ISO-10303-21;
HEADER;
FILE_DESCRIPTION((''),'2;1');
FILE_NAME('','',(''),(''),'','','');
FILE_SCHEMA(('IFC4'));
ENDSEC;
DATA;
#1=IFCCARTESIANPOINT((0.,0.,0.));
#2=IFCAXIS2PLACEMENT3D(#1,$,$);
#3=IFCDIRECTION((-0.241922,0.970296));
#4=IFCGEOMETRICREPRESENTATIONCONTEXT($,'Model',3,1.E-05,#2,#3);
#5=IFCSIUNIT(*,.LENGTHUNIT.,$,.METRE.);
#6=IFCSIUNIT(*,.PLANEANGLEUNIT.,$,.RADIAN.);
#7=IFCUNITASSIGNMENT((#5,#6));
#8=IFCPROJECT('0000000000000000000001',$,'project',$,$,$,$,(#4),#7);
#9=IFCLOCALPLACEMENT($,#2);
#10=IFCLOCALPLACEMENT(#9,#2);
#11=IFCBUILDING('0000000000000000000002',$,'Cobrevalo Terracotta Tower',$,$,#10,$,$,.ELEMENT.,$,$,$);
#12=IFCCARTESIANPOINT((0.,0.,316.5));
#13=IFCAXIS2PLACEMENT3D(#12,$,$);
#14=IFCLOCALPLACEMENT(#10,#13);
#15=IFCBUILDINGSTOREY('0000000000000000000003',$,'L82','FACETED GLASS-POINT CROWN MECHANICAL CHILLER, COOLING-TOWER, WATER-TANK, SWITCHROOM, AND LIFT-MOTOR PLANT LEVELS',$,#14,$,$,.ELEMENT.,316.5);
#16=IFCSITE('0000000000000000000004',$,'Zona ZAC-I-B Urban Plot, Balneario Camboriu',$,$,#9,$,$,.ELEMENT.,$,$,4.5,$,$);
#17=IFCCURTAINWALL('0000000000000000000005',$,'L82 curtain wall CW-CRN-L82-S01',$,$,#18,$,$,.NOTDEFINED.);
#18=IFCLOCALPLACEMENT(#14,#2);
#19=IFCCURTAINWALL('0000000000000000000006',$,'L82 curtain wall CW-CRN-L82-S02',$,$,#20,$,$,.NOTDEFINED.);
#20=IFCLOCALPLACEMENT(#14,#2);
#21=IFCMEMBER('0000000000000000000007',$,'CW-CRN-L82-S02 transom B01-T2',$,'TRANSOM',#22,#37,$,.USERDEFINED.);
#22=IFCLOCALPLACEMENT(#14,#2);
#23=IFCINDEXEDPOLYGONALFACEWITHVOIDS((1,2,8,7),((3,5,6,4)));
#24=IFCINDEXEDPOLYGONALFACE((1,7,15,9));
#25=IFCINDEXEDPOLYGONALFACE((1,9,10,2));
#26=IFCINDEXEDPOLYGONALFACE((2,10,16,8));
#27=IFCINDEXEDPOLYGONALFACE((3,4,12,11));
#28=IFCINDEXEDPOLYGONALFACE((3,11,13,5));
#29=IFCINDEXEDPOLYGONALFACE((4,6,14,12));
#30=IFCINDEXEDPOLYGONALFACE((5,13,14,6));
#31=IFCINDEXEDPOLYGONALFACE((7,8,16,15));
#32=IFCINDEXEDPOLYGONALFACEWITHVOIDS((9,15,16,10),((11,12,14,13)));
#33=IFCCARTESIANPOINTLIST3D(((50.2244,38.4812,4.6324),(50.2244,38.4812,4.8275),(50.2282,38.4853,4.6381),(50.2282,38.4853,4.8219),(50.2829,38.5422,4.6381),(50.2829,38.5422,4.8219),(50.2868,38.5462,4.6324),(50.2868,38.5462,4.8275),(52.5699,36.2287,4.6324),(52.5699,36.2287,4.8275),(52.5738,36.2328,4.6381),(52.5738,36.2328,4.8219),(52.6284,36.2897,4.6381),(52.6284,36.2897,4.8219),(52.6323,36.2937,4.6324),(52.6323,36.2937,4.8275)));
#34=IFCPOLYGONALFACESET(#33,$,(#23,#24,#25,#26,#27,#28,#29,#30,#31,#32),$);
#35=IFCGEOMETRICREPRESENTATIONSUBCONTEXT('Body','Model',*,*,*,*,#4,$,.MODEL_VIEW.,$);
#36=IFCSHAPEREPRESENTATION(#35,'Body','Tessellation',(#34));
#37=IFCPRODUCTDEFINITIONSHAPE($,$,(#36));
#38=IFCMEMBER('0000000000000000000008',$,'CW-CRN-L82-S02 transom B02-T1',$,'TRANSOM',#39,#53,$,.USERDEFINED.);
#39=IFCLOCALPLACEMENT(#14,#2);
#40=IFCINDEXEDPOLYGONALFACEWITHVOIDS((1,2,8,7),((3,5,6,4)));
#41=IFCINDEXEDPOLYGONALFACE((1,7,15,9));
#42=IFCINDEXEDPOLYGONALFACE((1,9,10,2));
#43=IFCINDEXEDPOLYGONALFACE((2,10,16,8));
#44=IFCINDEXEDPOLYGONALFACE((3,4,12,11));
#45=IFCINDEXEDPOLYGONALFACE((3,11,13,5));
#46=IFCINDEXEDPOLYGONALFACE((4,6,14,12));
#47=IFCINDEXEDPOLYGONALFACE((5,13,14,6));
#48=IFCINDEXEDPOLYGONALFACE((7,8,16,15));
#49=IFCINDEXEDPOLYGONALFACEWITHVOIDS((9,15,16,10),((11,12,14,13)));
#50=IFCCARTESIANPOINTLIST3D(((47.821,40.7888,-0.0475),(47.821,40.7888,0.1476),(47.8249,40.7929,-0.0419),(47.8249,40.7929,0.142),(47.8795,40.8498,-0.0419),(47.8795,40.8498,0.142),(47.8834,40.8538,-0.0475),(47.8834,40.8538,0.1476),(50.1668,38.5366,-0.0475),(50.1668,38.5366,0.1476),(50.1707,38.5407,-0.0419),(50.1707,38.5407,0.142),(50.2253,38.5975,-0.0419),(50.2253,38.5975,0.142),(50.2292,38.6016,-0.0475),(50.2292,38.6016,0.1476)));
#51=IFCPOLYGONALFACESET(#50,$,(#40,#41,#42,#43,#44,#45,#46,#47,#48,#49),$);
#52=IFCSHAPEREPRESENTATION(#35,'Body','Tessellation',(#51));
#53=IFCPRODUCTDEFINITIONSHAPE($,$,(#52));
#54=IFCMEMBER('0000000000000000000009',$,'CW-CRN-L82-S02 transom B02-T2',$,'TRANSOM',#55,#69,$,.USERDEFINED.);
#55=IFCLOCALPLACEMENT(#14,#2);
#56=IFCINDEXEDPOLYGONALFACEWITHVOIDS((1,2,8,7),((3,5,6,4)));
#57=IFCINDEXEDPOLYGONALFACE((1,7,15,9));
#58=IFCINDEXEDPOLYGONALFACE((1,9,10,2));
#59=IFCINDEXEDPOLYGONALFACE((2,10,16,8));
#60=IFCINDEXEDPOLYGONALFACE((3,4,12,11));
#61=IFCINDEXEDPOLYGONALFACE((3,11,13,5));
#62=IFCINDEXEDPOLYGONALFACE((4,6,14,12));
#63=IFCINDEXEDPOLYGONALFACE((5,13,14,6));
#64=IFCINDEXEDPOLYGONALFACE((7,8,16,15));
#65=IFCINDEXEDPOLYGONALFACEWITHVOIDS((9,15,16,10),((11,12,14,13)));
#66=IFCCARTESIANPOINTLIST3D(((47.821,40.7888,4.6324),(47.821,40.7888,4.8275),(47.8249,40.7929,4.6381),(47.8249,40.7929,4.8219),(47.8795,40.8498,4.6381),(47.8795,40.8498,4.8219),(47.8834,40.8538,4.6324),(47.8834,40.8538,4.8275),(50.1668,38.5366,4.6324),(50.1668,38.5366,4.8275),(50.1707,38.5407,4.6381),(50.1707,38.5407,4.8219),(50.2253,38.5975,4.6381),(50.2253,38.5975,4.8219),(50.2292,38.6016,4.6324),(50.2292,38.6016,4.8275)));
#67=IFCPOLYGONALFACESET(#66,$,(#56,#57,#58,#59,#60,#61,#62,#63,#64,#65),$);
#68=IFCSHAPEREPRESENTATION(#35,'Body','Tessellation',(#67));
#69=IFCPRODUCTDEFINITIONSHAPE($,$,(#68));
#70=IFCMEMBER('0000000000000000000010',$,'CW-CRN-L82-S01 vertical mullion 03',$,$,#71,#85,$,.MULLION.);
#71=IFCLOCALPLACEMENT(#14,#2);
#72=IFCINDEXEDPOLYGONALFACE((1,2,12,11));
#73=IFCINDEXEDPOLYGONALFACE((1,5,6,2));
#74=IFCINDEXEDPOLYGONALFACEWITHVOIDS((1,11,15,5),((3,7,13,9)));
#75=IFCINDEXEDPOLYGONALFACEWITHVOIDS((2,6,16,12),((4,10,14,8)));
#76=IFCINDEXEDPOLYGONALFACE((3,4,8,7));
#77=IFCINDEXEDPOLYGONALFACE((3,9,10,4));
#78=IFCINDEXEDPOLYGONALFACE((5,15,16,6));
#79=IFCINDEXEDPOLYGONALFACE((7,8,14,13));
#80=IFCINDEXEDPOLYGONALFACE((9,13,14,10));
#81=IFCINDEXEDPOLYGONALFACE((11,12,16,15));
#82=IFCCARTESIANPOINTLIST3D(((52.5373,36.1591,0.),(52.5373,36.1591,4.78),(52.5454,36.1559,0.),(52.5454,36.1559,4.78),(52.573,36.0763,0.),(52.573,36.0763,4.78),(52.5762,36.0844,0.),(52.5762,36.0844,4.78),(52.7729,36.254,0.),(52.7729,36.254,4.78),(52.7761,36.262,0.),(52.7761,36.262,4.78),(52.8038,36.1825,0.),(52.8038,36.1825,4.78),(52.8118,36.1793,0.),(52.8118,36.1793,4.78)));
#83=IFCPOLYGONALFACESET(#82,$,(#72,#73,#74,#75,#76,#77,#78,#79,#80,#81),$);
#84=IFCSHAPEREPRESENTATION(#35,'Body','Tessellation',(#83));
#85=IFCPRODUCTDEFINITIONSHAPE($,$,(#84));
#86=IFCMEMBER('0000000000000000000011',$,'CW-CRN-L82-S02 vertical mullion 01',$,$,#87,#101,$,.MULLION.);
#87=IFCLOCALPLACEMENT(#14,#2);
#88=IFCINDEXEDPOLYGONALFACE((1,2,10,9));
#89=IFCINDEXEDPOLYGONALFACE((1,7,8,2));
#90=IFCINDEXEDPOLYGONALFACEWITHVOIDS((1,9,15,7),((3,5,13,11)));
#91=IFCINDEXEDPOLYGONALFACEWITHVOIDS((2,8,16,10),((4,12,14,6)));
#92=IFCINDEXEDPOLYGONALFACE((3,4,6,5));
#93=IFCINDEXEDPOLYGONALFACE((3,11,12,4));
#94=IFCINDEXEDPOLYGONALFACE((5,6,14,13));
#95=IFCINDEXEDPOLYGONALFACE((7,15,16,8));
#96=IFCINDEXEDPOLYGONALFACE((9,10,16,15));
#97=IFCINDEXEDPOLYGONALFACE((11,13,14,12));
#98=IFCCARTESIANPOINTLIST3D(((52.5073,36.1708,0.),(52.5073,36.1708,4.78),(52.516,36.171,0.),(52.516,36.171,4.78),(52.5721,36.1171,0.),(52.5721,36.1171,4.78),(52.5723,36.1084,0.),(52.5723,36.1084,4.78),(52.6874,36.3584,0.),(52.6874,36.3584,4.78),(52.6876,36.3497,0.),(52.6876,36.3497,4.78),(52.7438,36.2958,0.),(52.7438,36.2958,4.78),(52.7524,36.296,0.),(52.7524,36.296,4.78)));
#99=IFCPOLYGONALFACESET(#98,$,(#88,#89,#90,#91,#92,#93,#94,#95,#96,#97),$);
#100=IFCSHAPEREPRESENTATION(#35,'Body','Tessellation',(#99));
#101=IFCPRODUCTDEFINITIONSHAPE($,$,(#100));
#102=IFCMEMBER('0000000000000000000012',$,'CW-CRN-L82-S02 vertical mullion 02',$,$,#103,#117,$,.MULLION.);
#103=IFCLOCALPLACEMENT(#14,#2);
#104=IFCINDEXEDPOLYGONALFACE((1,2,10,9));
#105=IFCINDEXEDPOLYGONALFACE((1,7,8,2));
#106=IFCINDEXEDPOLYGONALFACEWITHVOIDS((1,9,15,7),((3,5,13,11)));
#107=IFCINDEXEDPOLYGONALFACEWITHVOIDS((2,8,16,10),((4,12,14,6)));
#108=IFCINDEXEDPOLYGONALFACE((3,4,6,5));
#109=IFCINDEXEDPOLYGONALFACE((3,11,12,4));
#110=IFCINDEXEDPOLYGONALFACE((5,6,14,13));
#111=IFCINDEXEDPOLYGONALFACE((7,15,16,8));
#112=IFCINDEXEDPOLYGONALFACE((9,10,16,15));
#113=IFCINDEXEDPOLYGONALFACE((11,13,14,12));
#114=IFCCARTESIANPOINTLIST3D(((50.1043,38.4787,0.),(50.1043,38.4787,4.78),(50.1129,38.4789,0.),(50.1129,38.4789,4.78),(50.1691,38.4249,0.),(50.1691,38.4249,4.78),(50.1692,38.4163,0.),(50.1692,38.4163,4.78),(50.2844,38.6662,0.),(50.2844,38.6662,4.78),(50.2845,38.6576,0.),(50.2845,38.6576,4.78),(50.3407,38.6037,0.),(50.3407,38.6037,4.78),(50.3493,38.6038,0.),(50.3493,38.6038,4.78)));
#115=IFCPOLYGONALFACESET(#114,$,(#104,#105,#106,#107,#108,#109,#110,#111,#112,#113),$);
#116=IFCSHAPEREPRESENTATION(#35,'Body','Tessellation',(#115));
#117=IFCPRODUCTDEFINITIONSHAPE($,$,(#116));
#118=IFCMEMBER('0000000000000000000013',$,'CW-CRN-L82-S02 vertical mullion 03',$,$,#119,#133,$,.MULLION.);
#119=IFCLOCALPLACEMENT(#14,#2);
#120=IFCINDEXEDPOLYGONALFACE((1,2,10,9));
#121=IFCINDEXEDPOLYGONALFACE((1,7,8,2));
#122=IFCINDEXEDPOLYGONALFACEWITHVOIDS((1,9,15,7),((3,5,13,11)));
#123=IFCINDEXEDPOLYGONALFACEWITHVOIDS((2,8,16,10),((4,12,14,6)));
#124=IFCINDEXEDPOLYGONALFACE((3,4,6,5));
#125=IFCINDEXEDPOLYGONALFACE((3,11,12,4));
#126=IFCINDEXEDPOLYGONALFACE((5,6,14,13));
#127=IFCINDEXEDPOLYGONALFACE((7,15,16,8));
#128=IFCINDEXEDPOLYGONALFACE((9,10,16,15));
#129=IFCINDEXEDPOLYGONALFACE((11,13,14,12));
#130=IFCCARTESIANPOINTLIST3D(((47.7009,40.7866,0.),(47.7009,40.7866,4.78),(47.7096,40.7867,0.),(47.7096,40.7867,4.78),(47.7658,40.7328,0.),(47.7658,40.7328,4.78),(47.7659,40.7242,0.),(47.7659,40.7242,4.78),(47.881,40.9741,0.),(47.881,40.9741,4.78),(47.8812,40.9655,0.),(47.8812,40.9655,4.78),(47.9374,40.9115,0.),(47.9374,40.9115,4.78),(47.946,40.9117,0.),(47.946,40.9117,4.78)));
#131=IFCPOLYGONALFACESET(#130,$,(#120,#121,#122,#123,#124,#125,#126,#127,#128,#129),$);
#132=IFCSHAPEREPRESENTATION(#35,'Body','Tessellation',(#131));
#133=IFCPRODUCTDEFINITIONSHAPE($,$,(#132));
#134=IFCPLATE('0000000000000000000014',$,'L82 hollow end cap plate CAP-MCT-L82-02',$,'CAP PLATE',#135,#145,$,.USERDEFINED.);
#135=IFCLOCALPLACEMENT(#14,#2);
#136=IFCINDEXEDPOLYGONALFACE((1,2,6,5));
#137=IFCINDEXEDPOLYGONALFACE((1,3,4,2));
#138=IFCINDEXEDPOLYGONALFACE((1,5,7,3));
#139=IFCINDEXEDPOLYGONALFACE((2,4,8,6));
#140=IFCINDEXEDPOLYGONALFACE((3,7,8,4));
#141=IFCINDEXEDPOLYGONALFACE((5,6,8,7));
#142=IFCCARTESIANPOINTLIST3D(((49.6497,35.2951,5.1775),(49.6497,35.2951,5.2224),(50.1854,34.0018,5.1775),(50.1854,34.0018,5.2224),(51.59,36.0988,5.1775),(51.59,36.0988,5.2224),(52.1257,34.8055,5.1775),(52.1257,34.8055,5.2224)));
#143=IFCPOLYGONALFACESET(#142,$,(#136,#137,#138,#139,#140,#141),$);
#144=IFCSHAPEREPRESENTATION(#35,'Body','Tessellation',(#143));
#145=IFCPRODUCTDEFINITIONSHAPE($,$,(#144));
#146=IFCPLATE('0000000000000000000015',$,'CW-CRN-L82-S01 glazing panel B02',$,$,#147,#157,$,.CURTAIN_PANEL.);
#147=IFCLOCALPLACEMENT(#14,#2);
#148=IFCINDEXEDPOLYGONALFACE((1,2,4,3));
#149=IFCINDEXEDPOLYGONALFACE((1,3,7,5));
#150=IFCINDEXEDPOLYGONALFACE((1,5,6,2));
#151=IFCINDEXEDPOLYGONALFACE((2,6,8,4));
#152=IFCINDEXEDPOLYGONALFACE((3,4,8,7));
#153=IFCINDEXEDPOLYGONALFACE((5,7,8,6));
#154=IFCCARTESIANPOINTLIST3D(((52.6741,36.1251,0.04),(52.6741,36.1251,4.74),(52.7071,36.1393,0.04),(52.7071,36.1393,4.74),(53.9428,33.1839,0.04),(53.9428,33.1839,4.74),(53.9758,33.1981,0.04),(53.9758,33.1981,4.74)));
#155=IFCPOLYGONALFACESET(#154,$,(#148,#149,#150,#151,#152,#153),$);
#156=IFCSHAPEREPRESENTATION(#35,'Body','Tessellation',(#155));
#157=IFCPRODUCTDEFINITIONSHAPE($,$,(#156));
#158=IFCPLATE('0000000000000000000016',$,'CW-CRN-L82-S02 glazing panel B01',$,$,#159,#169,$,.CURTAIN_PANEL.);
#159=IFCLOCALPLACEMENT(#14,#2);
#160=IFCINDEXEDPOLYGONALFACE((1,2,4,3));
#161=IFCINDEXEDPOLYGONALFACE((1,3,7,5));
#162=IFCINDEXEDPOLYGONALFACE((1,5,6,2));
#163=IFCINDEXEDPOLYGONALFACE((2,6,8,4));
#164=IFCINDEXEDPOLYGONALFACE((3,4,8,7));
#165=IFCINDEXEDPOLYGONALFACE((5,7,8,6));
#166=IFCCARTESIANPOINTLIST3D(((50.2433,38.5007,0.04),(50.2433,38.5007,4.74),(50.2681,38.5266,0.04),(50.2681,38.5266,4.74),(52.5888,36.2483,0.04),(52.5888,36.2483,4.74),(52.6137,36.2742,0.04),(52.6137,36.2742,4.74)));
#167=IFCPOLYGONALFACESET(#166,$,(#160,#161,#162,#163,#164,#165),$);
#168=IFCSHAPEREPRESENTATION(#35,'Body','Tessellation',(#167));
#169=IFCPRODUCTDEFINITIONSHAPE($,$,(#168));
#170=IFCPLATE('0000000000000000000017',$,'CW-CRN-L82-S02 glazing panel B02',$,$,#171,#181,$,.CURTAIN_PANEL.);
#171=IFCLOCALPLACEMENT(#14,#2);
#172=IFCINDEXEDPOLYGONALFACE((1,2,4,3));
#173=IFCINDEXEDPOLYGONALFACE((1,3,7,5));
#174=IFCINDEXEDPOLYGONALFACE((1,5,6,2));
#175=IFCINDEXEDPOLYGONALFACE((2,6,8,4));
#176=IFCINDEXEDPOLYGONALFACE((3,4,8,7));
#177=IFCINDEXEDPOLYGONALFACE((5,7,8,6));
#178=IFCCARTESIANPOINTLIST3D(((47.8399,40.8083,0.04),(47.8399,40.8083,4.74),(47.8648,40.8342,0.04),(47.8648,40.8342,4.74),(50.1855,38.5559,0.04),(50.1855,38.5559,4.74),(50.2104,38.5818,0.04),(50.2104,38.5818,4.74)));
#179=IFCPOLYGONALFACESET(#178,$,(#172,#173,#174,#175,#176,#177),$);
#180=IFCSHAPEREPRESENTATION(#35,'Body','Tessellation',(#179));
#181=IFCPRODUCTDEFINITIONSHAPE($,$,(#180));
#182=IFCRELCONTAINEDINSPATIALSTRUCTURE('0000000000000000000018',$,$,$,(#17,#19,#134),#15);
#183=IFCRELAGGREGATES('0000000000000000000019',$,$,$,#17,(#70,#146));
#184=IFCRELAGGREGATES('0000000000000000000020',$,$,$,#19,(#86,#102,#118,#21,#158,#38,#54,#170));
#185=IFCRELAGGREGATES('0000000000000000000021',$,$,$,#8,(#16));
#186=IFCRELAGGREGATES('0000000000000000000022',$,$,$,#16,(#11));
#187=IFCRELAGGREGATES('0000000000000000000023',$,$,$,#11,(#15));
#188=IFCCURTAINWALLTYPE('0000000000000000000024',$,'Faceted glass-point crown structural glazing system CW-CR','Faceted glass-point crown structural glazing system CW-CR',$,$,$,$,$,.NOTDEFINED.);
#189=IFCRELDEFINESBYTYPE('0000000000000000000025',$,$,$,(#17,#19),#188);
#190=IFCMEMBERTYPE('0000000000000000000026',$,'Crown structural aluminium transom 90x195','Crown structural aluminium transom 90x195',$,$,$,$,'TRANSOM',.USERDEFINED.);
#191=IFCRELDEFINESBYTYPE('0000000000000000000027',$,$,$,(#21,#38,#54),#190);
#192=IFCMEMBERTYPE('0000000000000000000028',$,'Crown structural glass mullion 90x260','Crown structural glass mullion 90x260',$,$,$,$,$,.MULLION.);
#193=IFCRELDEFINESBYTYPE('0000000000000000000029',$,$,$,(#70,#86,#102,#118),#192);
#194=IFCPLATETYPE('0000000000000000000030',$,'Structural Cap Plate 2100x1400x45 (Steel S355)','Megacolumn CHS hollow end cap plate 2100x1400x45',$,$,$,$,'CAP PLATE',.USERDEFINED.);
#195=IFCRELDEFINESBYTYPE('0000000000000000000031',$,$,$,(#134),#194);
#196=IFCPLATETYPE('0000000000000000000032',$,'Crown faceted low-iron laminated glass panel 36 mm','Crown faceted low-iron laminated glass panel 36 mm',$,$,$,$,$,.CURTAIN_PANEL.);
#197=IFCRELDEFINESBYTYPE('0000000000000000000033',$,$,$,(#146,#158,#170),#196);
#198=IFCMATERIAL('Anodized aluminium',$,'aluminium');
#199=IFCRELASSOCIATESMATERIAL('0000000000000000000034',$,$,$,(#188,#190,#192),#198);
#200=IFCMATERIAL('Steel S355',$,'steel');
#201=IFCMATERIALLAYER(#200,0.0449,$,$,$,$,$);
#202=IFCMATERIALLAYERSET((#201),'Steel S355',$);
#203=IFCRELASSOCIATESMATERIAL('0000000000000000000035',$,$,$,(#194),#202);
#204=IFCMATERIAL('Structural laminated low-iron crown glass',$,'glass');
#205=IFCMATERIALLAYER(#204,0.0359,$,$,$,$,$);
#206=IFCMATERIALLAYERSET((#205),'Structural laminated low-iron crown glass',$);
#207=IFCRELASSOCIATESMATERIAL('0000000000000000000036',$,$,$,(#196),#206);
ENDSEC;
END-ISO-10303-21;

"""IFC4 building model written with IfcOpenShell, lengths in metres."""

from ifc_helpers import new_model, si_unit, direction, frame, origin, origin_2d, place, context, subcontext, project, spatial, rectangle, hollow_rectangle, extrude, source, transform, mapped, material, layer, layer_set, material_profile, profile_set, type_object, element, aggregate, save


model = new_model("IFC4")

# Units and contexts
model_context = context("Model", 3, precision=1e-05, world=origin(), true_north=direction((-0.241922, 0.970296)))
body_context = subcontext(model_context, "Body", "Model", "MODEL_VIEW")
ifc_project = project(units=[si_unit("LENGTHUNIT", "METRE"), si_unit("PLANEANGLEUNIT", "RADIAN")], contexts=[model_context])

# Site, building, storey
site_placement = place(None, origin())
site = spatial("IfcSite", under=ifc_project, at=site_placement, Name="Zona ZAC-I-B Urban Plot, Balneario Camboriu", CompositionType="ELEMENT", RefElevation=4.5)
building_placement = place(site_placement, origin())
building = spatial("IfcBuilding", under=site, at=building_placement, Name="Cobrevalo Terracotta Tower", CompositionType="ELEMENT")
storey_placement = place(building_placement, frame((0.0, 0.0, 316.5)))
storey = spatial("IfcBuildingStorey", under=building, at=storey_placement, Name="L82", Description="FACETED GLASS-POINT CROWN MECHANICAL CHILLER, COOLING-TOWER, WATER-TANK, SWITCHROOM, AND LIFT-MOTOR PLANT LEVELS", CompositionType="ELEMENT", Elevation=316.5)

# Shared definitions
ifc_material_1 = material(Name="Steel S355", Category="steel")

# Curtain wall
ifc_material_2 = material(Name="Anodized aluminium", Category="aluminium")
curtain_wall_type = type_object("IfcCurtainWallType", Name="Faceted glass-point crown structural glazing system CW-CR", Description="Faceted glass-point crown structural glazing system CW-CR", PredefinedType="NOTDEFINED", material=ifc_material_2)
curtain_wall_1_placement = place(storey_placement, origin())
curtain_wall_1 = element("IfcCurtainWall", 1, at=curtain_wall_1_placement, inside=storey, type_object=curtain_wall_type, Name="L82 curtain wall CW-CRN-L82-S01", PredefinedType="NOTDEFINED")
ifc_material_profile_1 = material_profile(ifc_material_2, hollow_rectangle(XDim=0.0901, YDim=0.1951, WallThickness=0.0056, at=origin_2d()), Name="CWT 90x195")
ifc_profile_set_1 = profile_set([ifc_material_profile_1], Name="Anodized aluminium")
member_type_1 = type_object("IfcMemberType", Name="Crown structural aluminium transom 90x195", Description="Crown structural aluminium transom 90x195", ElementType="TRANSOM", PredefinedType="USERDEFINED", material=ifc_profile_set_1)

# Curtain wall, members
curtain_wall_2_placement = place(storey_placement, origin())
curtain_wall_2 = element("IfcCurtainWall", 2, at=curtain_wall_2_placement, inside=storey, type_object=curtain_wall_type, Name="L82 curtain wall CW-CRN-L82-S02", PredefinedType="NOTDEFINED")
shared_shape_1 = source(origin(), body_context, "Body", "SweptSolid", [
    extrude(hollow_rectangle(XDim=0.0901, YDim=0.1951, WallThickness=0.0056, at=origin_2d()), origin(), (0.0, 0.0, 1.0), 3.252),
])
member_1_placement = place(storey_placement, frame((52.6011, 36.2612, 4.73), z_axis=(-0.721264, 0.69266, 0.0), x_axis=(-0.69266, -0.721264, 0.0)))
member_1 = element("IfcMember", 3, at=member_1_placement, type_object=member_type_1, Name="CW-CRN-L82-S02 transom B01-T2", ObjectType="TRANSOM", PredefinedType="USERDEFINED", context=body_context, shape_type="MappedRepresentation", body=[
    mapped(shared_shape_1, transform((0.0, 0.0, 0.0), scale=1.0)),
])
member_2_placement = place(storey_placement, frame((50.198, 38.5691, 0.05), z_axis=(-0.721338, 0.692583, 0.0), x_axis=(-0.692583, -0.721338, 0.0)))
member_2 = element("IfcMember", 4, at=member_2_placement, type_object=member_type_1, Name="CW-CRN-L82-S02 transom B02-T1", ObjectType="TRANSOM", PredefinedType="USERDEFINED", context=body_context, shape_type="MappedRepresentation", body=[
    mapped(shared_shape_1, transform((0.0, 0.0, 0.0), scale=1.0)),
])
member_3_placement = place(storey_placement, frame((50.198, 38.5691, 4.73), z_axis=(-0.721338, 0.692583, 0.0), x_axis=(-0.692583, -0.721338, 0.0)))
member_3 = element("IfcMember", 5, at=member_3_placement, type_object=member_type_1, Name="CW-CRN-L82-S02 transom B02-T2", ObjectType="TRANSOM", PredefinedType="USERDEFINED", context=body_context, shape_type="MappedRepresentation", body=[
    mapped(shared_shape_1, transform((0.0, 0.0, 0.0), scale=1.0)),
])

# Members
ifc_material_profile_2 = material_profile(ifc_material_2, hollow_rectangle(XDim=0.0901, YDim=0.26, WallThickness=0.0061, at=origin_2d()), Name="CWM 90x260")
ifc_profile_set_2 = profile_set([ifc_material_profile_2], Name="Anodized aluminium")
member_type_2 = type_object("IfcMemberType", Name="Crown structural glass mullion 90x260", Description="Crown structural glass mullion 90x260", PredefinedType="MULLION", material=ifc_profile_set_2)
shared_shape_2 = source(origin(), body_context, "Body", "SweptSolid", [
    extrude(hollow_rectangle(XDim=0.0901, YDim=0.26, WallThickness=0.0061, at=origin_2d()), origin(), (0.0, 0.0, 1.0), 4.78),
])
member_4_placement = place(storey_placement, frame((52.6746, 36.1692, 0.0), z_axis=(0.0, 0.0, 1.0), x_axis=(-0.396058, 0.918225, 0.0)))
member_4 = element("IfcMember", 6, at=member_4_placement, type_object=member_type_2, Name="CW-CRN-L82-S01 vertical mullion 03", PredefinedType="MULLION", context=body_context, shape_type="MappedRepresentation", body=[
    mapped(shared_shape_2, transform((0.0, 0.0, 0.0), scale=1.0)),
])
member_5_placement = place(storey_placement, frame((52.6299, 36.2334, 0.0), z_axis=(0.0, 0.0, 1.0), x_axis=(-0.721277, 0.692647, 0.0)))
member_5 = element("IfcMember", 7, at=member_5_placement, type_object=member_type_2, Name="CW-CRN-L82-S02 vertical mullion 01", PredefinedType="MULLION", context=body_context, shape_type="MappedRepresentation", body=[
    mapped(shared_shape_2, transform((0.0, 0.0, 0.0), scale=1.0)),
])
member_6_placement = place(storey_placement, frame((50.2268, 38.5413, 0.0), z_axis=(0.0, 0.0, 1.0), x_axis=(-0.721277, 0.692647, 0.0)))
member_6 = element("IfcMember", 8, at=member_6_placement, type_object=member_type_2, Name="CW-CRN-L82-S02 vertical mullion 02", PredefinedType="MULLION", context=body_context, shape_type="MappedRepresentation", body=[
    mapped(shared_shape_2, transform((0.0, 0.0, 0.0), scale=1.0)),
])
member_7_placement = place(storey_placement, frame((47.8235, 40.8491, 0.0), z_axis=(0.0, 0.0, 1.0), x_axis=(-0.721277, 0.692647, 0.0)))
member_7 = element("IfcMember", 9, at=member_7_placement, type_object=member_type_2, Name="CW-CRN-L82-S02 vertical mullion 03", PredefinedType="MULLION", context=body_context, shape_type="MappedRepresentation", body=[
    mapped(shared_shape_2, transform((0.0, 0.0, 0.0), scale=1.0)),
])

# Plates
ifc_layer_1 = layer(ifc_material_1, 0.0449)
ifc_layer_set_1 = layer_set([ifc_layer_1], Name="Steel S355")
plate_type_1 = type_object("IfcPlateType", Name="Structural Cap Plate 2100x1400x45 (Steel S355)", Description="Megacolumn CHS hollow end cap plate 2100x1400x45", ElementType="CAP PLATE", PredefinedType="USERDEFINED", material=ifc_layer_set_1)
shared_shape_3 = source(origin(), body_context, "Body", "SweptSolid", [
    extrude(rectangle(XDim=2.1001, YDim=1.3999, at=origin_2d()), origin(), (0.0, 0.0, 1.0), 0.0449),
])
plate_1_placement = place(storey_placement, frame((50.8877, 35.0503, 5.1775), z_axis=(0.0, 0.0, 1.0), x_axis=(0.92388, 0.382683, 0.0)))
element("IfcPlate", 10, at=plate_1_placement, inside=storey, type_object=plate_type_1, Name="L82 hollow end cap plate CAP-MCT-L82-02", ObjectType="CAP PLATE", PredefinedType="USERDEFINED", context=body_context, shape_type="MappedRepresentation", body=[
    mapped(shared_shape_3, transform((0.0, 0.0, 0.0), scale=1.0)),
])
ifc_material_3 = material(Name="Structural laminated low-iron crown glass", Category="glass")
ifc_layer_2 = layer(ifc_material_3, 0.0359)
ifc_layer_set_2 = layer_set([ifc_layer_2], Name="Structural laminated low-iron crown glass")
plate_type_2 = type_object("IfcPlateType", Name="Crown faceted low-iron laminated glass panel 36 mm", Description="Crown faceted low-iron laminated glass panel 36 mm", PredefinedType="CURTAIN_PANEL", material=ifc_layer_set_2)
shared_shape_4 = source(origin(), body_context, "Body", "SweptSolid", [
    extrude(rectangle(XDim=3.2031, YDim=0.0359, at=origin_2d()), origin(), (0.0, 0.0, 1.0), 4.7),
])
plate_2_placement = place(storey_placement, frame((53.325, 34.6616, 0.04), z_axis=(0.0, 0.0, 1.0), x_axis=(-0.396066, 0.918222, 0.0)))
plate_2 = element("IfcPlate", 11, at=plate_2_placement, type_object=plate_type_2, Name="CW-CRN-L82-S01 glazing panel B02", PredefinedType="CURTAIN_PANEL", context=body_context, shape_type="MappedRepresentation", body=[
    mapped(shared_shape_4, transform((0.0, 0.0, 0.0), scale=1.0)),
])
aggregate(curtain_wall_1, [member_4, plate_2])
shared_shape_5 = source(origin(), body_context, "Body", "SweptSolid", [
    extrude(rectangle(XDim=3.252, YDim=0.0359, at=origin_2d()), origin(), (0.0, 0.0, 1.0), 4.7),
])
plate_3_placement = place(storey_placement, frame((51.4285, 37.3875, 0.04), z_axis=(0.0, 0.0, 1.0), x_axis=(-0.72128, 0.692643, 0.0)))
plate_3 = element("IfcPlate", 12, at=plate_3_placement, type_object=plate_type_2, Name="CW-CRN-L82-S02 glazing panel B01", PredefinedType="CURTAIN_PANEL", context=body_context, shape_type="MappedRepresentation", body=[
    mapped(shared_shape_5, transform((0.0, 0.0, 0.0), scale=1.0)),
])
plate_4_placement = place(storey_placement, frame((49.0251, 39.6951, 0.04), z_axis=(0.0, 0.0, 1.0), x_axis=(-0.72128, 0.692643, 0.0)))
plate_4 = element("IfcPlate", 13, at=plate_4_placement, type_object=plate_type_2, Name="CW-CRN-L82-S02 glazing panel B02", PredefinedType="CURTAIN_PANEL", context=body_context, shape_type="MappedRepresentation", body=[
    mapped(shared_shape_5, transform((0.0, 0.0, 0.0), scale=1.0)),
])
aggregate(curtain_wall_2, [member_5, member_6, member_7, member_1, plate_3, member_2, member_3, plate_4])

save(model, "model.ifc")
